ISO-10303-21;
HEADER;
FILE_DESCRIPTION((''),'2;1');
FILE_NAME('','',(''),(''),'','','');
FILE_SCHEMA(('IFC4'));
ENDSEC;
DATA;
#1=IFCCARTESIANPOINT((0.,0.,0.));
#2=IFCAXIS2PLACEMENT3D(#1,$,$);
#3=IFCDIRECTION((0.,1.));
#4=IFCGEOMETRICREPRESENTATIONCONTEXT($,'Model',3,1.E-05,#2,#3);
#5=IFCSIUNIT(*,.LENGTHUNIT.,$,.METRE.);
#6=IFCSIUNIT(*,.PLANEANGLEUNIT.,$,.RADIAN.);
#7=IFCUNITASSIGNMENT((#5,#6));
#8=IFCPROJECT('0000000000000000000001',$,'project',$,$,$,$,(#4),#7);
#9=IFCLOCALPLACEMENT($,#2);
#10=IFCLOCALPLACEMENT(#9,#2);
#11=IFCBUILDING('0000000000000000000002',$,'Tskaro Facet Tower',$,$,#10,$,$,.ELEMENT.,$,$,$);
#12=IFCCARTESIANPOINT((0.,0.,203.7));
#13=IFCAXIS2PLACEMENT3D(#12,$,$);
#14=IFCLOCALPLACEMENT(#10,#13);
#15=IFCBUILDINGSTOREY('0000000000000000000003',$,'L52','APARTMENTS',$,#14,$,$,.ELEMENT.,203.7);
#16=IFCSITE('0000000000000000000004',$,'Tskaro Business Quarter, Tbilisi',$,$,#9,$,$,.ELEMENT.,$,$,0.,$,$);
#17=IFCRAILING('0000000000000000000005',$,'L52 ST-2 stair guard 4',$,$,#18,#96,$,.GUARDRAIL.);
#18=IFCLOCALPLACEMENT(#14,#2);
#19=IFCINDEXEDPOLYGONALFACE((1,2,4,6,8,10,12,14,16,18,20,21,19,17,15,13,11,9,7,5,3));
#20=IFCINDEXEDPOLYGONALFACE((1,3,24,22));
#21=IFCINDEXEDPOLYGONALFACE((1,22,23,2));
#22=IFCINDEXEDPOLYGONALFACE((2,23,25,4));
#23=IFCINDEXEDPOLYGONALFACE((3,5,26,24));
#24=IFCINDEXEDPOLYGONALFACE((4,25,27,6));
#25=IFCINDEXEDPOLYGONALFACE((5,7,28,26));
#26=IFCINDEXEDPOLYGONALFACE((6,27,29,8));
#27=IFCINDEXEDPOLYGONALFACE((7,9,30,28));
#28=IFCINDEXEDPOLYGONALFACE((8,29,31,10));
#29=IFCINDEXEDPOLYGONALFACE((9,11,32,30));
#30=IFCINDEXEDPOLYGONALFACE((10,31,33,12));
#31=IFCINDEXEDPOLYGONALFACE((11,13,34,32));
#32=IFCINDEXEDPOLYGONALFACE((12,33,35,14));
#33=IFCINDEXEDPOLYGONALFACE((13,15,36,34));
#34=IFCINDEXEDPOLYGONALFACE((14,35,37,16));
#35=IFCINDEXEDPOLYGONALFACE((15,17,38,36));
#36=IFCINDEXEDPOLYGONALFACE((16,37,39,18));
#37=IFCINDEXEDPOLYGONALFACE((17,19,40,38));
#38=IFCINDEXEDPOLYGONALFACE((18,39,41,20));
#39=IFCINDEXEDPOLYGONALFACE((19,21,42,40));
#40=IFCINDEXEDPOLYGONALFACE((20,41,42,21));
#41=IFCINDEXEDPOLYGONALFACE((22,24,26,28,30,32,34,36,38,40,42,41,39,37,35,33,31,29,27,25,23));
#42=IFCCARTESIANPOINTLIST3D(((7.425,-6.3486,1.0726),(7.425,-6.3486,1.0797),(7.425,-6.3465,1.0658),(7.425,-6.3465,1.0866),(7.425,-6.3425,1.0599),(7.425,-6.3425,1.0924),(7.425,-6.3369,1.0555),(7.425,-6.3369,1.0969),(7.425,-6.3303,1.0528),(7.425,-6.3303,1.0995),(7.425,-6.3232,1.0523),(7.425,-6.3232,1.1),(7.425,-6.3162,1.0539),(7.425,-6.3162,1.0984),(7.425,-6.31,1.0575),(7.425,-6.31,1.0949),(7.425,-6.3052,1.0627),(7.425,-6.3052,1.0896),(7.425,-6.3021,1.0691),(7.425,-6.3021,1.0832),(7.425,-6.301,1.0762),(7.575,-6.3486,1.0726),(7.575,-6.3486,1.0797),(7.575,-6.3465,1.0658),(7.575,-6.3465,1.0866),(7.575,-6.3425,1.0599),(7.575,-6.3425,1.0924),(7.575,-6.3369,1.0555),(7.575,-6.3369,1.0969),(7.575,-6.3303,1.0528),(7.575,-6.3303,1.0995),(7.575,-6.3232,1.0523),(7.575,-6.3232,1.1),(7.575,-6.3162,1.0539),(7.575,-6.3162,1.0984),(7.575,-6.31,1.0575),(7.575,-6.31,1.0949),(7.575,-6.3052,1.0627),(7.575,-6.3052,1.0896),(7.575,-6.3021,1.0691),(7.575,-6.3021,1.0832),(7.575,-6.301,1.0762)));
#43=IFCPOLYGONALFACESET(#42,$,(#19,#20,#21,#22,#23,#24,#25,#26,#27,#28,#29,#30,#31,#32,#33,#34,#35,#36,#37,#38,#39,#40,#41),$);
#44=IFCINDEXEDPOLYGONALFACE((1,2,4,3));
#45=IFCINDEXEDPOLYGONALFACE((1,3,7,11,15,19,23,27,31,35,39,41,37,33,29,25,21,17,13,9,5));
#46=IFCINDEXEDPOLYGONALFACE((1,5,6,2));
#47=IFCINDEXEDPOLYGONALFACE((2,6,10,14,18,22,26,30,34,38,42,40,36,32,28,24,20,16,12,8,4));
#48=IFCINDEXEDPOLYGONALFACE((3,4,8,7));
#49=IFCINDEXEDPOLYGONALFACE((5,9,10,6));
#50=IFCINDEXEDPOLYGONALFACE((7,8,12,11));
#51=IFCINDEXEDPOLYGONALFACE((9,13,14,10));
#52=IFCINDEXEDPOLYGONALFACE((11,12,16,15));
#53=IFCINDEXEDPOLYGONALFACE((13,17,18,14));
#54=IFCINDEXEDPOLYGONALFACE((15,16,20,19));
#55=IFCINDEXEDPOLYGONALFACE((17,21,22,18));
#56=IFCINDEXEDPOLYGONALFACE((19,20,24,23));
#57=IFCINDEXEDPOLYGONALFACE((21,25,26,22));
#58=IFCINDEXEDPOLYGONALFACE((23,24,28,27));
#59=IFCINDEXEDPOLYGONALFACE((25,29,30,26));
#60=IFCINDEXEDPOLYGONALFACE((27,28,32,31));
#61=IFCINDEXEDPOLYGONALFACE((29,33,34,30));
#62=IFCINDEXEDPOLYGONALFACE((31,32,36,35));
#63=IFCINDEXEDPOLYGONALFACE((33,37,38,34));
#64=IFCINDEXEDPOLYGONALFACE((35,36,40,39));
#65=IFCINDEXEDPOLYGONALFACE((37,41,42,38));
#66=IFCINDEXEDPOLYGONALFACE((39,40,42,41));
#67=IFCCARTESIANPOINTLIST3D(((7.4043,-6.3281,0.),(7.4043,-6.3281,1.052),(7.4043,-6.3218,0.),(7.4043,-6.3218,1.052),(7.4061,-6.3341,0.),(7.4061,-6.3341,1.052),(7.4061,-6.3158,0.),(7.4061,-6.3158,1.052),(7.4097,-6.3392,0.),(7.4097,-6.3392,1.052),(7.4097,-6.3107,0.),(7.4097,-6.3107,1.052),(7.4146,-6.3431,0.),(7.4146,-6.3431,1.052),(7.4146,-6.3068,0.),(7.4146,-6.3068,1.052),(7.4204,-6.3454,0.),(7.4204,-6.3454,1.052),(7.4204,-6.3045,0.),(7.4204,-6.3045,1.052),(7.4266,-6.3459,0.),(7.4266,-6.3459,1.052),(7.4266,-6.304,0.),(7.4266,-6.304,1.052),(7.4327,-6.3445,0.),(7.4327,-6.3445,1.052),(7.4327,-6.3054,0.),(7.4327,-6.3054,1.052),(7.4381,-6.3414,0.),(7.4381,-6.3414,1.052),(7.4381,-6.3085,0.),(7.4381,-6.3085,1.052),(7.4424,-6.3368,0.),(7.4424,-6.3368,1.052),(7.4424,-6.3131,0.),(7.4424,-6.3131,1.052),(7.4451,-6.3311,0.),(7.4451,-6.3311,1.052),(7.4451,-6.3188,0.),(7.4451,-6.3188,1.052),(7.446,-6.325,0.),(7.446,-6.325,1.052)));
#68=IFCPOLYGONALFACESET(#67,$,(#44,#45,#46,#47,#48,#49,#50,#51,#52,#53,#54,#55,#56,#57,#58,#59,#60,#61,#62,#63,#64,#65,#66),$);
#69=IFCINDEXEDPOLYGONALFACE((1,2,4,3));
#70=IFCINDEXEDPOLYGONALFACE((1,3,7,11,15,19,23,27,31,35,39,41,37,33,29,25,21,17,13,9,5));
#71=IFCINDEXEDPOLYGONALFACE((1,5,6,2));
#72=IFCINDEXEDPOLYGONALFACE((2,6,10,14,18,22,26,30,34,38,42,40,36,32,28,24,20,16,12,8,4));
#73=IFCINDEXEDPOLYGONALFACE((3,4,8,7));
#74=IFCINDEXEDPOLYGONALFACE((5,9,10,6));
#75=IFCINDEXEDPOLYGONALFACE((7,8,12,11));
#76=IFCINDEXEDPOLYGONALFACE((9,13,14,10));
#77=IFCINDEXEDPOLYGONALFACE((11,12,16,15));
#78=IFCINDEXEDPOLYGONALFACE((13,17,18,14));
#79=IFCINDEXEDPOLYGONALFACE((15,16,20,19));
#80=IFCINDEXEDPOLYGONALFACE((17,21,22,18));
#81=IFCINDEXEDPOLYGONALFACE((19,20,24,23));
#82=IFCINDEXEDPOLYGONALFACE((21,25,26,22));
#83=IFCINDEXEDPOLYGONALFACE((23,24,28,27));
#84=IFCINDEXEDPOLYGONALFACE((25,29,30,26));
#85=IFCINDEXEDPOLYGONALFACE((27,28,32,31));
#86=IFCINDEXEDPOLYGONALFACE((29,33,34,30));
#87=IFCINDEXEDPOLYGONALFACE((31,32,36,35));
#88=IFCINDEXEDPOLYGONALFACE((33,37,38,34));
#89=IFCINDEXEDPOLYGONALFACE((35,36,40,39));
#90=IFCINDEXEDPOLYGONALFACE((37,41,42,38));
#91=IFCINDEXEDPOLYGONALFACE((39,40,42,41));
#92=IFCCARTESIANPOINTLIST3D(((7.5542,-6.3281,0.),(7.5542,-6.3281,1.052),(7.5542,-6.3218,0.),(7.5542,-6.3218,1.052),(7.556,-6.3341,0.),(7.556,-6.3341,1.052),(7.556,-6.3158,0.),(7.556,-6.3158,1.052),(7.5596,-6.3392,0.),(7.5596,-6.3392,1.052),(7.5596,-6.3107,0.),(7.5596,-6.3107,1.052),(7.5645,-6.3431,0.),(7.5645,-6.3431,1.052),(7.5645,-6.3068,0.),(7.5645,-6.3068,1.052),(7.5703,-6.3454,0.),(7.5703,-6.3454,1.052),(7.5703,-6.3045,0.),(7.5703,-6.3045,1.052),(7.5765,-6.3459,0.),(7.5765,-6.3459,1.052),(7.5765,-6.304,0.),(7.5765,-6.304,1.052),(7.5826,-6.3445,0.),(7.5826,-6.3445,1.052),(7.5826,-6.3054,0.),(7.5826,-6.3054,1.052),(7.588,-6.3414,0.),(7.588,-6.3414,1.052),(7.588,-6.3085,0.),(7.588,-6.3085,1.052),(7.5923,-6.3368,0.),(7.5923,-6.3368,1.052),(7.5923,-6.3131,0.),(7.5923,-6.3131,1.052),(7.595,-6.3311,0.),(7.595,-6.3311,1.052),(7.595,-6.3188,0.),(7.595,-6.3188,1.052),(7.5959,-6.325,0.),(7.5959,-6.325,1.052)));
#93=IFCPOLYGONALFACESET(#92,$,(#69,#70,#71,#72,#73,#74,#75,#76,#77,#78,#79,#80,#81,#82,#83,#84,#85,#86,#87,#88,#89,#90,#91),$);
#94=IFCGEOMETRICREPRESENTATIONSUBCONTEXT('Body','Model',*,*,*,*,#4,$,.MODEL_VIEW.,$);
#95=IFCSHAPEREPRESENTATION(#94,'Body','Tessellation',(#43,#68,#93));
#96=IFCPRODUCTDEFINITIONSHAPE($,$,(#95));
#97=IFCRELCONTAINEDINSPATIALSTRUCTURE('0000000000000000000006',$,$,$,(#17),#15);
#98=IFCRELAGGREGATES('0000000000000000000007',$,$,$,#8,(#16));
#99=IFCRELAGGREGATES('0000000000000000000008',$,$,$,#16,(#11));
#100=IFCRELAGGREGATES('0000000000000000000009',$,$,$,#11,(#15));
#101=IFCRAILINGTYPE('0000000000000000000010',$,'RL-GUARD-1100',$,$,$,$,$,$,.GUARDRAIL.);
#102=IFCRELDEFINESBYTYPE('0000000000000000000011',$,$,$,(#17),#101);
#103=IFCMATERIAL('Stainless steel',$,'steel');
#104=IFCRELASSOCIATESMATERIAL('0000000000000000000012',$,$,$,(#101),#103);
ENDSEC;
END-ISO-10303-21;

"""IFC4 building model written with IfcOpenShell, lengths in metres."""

from ifc_helpers import new_model, si_unit, direction, frame, origin, origin_2d, place, context, subcontext, project, spatial, circle, extrude, material, type_object, element, save


model = new_model("IFC4")

# Units and contexts
model_context = context("Model", 3, precision=1e-05, world=origin(), true_north=direction((0.0, 1.0)))
body_context = subcontext(model_context, "Body", "Model", "MODEL_VIEW")
ifc_project = project(units=[si_unit("LENGTHUNIT", "METRE"), si_unit("PLANEANGLEUNIT", "RADIAN")], contexts=[model_context])

# Site, building, storey
site_placement = place(None, origin())
site = spatial("IfcSite", under=ifc_project, at=site_placement, Name="Tskaro Business Quarter, Tbilisi", CompositionType="ELEMENT", RefElevation=0.0)
building_placement = place(site_placement, origin())
building = spatial("IfcBuilding", under=site, at=building_placement, Name="Tskaro Facet Tower", CompositionType="ELEMENT")
storey_placement = place(building_placement, frame((0.0, 0.0, 203.7)))
storey = spatial("IfcBuildingStorey", under=building, at=storey_placement, Name="L52", Description="APARTMENTS", CompositionType="ELEMENT", Elevation=203.7)

# Shared definitions
ifc_material_1 = material(Name="Stainless steel", Category="steel")

# Railing
railing_type = type_object("IfcRailingType", Name="RL-GUARD-1100", PredefinedType="GUARDRAIL", material=ifc_material_1)
railing_placement = place(storey_placement, frame((7.425, -6.325, 0.0)))
element("IfcRailing", 1, at=railing_placement, inside=storey, type_object=railing_type, Name="L52 ST-2 stair guard 4", PredefinedType="GUARDRAIL", context=body_context, shape_type="SweptSolid", body=[
    extrude(circle(Radius=0.0239, at=origin_2d()), frame((0.0, 0.0, 1.0762), z_axis=(1.0, 0.0, 0.0), x_axis=(0.0, 1.0, 0.0)), (0.0, 0.0, 1.0), 0.1499),
    extrude(circle(Radius=0.021, at=origin_2d()), origin(), (0.0, 0.0, 1.0), 1.052),
    extrude(circle(Radius=0.021, at=origin_2d()), frame((0.1499, 0.0, 0.0)), (0.0, 0.0, 1.0), 1.052),
])

save(model, "model.ifc")
